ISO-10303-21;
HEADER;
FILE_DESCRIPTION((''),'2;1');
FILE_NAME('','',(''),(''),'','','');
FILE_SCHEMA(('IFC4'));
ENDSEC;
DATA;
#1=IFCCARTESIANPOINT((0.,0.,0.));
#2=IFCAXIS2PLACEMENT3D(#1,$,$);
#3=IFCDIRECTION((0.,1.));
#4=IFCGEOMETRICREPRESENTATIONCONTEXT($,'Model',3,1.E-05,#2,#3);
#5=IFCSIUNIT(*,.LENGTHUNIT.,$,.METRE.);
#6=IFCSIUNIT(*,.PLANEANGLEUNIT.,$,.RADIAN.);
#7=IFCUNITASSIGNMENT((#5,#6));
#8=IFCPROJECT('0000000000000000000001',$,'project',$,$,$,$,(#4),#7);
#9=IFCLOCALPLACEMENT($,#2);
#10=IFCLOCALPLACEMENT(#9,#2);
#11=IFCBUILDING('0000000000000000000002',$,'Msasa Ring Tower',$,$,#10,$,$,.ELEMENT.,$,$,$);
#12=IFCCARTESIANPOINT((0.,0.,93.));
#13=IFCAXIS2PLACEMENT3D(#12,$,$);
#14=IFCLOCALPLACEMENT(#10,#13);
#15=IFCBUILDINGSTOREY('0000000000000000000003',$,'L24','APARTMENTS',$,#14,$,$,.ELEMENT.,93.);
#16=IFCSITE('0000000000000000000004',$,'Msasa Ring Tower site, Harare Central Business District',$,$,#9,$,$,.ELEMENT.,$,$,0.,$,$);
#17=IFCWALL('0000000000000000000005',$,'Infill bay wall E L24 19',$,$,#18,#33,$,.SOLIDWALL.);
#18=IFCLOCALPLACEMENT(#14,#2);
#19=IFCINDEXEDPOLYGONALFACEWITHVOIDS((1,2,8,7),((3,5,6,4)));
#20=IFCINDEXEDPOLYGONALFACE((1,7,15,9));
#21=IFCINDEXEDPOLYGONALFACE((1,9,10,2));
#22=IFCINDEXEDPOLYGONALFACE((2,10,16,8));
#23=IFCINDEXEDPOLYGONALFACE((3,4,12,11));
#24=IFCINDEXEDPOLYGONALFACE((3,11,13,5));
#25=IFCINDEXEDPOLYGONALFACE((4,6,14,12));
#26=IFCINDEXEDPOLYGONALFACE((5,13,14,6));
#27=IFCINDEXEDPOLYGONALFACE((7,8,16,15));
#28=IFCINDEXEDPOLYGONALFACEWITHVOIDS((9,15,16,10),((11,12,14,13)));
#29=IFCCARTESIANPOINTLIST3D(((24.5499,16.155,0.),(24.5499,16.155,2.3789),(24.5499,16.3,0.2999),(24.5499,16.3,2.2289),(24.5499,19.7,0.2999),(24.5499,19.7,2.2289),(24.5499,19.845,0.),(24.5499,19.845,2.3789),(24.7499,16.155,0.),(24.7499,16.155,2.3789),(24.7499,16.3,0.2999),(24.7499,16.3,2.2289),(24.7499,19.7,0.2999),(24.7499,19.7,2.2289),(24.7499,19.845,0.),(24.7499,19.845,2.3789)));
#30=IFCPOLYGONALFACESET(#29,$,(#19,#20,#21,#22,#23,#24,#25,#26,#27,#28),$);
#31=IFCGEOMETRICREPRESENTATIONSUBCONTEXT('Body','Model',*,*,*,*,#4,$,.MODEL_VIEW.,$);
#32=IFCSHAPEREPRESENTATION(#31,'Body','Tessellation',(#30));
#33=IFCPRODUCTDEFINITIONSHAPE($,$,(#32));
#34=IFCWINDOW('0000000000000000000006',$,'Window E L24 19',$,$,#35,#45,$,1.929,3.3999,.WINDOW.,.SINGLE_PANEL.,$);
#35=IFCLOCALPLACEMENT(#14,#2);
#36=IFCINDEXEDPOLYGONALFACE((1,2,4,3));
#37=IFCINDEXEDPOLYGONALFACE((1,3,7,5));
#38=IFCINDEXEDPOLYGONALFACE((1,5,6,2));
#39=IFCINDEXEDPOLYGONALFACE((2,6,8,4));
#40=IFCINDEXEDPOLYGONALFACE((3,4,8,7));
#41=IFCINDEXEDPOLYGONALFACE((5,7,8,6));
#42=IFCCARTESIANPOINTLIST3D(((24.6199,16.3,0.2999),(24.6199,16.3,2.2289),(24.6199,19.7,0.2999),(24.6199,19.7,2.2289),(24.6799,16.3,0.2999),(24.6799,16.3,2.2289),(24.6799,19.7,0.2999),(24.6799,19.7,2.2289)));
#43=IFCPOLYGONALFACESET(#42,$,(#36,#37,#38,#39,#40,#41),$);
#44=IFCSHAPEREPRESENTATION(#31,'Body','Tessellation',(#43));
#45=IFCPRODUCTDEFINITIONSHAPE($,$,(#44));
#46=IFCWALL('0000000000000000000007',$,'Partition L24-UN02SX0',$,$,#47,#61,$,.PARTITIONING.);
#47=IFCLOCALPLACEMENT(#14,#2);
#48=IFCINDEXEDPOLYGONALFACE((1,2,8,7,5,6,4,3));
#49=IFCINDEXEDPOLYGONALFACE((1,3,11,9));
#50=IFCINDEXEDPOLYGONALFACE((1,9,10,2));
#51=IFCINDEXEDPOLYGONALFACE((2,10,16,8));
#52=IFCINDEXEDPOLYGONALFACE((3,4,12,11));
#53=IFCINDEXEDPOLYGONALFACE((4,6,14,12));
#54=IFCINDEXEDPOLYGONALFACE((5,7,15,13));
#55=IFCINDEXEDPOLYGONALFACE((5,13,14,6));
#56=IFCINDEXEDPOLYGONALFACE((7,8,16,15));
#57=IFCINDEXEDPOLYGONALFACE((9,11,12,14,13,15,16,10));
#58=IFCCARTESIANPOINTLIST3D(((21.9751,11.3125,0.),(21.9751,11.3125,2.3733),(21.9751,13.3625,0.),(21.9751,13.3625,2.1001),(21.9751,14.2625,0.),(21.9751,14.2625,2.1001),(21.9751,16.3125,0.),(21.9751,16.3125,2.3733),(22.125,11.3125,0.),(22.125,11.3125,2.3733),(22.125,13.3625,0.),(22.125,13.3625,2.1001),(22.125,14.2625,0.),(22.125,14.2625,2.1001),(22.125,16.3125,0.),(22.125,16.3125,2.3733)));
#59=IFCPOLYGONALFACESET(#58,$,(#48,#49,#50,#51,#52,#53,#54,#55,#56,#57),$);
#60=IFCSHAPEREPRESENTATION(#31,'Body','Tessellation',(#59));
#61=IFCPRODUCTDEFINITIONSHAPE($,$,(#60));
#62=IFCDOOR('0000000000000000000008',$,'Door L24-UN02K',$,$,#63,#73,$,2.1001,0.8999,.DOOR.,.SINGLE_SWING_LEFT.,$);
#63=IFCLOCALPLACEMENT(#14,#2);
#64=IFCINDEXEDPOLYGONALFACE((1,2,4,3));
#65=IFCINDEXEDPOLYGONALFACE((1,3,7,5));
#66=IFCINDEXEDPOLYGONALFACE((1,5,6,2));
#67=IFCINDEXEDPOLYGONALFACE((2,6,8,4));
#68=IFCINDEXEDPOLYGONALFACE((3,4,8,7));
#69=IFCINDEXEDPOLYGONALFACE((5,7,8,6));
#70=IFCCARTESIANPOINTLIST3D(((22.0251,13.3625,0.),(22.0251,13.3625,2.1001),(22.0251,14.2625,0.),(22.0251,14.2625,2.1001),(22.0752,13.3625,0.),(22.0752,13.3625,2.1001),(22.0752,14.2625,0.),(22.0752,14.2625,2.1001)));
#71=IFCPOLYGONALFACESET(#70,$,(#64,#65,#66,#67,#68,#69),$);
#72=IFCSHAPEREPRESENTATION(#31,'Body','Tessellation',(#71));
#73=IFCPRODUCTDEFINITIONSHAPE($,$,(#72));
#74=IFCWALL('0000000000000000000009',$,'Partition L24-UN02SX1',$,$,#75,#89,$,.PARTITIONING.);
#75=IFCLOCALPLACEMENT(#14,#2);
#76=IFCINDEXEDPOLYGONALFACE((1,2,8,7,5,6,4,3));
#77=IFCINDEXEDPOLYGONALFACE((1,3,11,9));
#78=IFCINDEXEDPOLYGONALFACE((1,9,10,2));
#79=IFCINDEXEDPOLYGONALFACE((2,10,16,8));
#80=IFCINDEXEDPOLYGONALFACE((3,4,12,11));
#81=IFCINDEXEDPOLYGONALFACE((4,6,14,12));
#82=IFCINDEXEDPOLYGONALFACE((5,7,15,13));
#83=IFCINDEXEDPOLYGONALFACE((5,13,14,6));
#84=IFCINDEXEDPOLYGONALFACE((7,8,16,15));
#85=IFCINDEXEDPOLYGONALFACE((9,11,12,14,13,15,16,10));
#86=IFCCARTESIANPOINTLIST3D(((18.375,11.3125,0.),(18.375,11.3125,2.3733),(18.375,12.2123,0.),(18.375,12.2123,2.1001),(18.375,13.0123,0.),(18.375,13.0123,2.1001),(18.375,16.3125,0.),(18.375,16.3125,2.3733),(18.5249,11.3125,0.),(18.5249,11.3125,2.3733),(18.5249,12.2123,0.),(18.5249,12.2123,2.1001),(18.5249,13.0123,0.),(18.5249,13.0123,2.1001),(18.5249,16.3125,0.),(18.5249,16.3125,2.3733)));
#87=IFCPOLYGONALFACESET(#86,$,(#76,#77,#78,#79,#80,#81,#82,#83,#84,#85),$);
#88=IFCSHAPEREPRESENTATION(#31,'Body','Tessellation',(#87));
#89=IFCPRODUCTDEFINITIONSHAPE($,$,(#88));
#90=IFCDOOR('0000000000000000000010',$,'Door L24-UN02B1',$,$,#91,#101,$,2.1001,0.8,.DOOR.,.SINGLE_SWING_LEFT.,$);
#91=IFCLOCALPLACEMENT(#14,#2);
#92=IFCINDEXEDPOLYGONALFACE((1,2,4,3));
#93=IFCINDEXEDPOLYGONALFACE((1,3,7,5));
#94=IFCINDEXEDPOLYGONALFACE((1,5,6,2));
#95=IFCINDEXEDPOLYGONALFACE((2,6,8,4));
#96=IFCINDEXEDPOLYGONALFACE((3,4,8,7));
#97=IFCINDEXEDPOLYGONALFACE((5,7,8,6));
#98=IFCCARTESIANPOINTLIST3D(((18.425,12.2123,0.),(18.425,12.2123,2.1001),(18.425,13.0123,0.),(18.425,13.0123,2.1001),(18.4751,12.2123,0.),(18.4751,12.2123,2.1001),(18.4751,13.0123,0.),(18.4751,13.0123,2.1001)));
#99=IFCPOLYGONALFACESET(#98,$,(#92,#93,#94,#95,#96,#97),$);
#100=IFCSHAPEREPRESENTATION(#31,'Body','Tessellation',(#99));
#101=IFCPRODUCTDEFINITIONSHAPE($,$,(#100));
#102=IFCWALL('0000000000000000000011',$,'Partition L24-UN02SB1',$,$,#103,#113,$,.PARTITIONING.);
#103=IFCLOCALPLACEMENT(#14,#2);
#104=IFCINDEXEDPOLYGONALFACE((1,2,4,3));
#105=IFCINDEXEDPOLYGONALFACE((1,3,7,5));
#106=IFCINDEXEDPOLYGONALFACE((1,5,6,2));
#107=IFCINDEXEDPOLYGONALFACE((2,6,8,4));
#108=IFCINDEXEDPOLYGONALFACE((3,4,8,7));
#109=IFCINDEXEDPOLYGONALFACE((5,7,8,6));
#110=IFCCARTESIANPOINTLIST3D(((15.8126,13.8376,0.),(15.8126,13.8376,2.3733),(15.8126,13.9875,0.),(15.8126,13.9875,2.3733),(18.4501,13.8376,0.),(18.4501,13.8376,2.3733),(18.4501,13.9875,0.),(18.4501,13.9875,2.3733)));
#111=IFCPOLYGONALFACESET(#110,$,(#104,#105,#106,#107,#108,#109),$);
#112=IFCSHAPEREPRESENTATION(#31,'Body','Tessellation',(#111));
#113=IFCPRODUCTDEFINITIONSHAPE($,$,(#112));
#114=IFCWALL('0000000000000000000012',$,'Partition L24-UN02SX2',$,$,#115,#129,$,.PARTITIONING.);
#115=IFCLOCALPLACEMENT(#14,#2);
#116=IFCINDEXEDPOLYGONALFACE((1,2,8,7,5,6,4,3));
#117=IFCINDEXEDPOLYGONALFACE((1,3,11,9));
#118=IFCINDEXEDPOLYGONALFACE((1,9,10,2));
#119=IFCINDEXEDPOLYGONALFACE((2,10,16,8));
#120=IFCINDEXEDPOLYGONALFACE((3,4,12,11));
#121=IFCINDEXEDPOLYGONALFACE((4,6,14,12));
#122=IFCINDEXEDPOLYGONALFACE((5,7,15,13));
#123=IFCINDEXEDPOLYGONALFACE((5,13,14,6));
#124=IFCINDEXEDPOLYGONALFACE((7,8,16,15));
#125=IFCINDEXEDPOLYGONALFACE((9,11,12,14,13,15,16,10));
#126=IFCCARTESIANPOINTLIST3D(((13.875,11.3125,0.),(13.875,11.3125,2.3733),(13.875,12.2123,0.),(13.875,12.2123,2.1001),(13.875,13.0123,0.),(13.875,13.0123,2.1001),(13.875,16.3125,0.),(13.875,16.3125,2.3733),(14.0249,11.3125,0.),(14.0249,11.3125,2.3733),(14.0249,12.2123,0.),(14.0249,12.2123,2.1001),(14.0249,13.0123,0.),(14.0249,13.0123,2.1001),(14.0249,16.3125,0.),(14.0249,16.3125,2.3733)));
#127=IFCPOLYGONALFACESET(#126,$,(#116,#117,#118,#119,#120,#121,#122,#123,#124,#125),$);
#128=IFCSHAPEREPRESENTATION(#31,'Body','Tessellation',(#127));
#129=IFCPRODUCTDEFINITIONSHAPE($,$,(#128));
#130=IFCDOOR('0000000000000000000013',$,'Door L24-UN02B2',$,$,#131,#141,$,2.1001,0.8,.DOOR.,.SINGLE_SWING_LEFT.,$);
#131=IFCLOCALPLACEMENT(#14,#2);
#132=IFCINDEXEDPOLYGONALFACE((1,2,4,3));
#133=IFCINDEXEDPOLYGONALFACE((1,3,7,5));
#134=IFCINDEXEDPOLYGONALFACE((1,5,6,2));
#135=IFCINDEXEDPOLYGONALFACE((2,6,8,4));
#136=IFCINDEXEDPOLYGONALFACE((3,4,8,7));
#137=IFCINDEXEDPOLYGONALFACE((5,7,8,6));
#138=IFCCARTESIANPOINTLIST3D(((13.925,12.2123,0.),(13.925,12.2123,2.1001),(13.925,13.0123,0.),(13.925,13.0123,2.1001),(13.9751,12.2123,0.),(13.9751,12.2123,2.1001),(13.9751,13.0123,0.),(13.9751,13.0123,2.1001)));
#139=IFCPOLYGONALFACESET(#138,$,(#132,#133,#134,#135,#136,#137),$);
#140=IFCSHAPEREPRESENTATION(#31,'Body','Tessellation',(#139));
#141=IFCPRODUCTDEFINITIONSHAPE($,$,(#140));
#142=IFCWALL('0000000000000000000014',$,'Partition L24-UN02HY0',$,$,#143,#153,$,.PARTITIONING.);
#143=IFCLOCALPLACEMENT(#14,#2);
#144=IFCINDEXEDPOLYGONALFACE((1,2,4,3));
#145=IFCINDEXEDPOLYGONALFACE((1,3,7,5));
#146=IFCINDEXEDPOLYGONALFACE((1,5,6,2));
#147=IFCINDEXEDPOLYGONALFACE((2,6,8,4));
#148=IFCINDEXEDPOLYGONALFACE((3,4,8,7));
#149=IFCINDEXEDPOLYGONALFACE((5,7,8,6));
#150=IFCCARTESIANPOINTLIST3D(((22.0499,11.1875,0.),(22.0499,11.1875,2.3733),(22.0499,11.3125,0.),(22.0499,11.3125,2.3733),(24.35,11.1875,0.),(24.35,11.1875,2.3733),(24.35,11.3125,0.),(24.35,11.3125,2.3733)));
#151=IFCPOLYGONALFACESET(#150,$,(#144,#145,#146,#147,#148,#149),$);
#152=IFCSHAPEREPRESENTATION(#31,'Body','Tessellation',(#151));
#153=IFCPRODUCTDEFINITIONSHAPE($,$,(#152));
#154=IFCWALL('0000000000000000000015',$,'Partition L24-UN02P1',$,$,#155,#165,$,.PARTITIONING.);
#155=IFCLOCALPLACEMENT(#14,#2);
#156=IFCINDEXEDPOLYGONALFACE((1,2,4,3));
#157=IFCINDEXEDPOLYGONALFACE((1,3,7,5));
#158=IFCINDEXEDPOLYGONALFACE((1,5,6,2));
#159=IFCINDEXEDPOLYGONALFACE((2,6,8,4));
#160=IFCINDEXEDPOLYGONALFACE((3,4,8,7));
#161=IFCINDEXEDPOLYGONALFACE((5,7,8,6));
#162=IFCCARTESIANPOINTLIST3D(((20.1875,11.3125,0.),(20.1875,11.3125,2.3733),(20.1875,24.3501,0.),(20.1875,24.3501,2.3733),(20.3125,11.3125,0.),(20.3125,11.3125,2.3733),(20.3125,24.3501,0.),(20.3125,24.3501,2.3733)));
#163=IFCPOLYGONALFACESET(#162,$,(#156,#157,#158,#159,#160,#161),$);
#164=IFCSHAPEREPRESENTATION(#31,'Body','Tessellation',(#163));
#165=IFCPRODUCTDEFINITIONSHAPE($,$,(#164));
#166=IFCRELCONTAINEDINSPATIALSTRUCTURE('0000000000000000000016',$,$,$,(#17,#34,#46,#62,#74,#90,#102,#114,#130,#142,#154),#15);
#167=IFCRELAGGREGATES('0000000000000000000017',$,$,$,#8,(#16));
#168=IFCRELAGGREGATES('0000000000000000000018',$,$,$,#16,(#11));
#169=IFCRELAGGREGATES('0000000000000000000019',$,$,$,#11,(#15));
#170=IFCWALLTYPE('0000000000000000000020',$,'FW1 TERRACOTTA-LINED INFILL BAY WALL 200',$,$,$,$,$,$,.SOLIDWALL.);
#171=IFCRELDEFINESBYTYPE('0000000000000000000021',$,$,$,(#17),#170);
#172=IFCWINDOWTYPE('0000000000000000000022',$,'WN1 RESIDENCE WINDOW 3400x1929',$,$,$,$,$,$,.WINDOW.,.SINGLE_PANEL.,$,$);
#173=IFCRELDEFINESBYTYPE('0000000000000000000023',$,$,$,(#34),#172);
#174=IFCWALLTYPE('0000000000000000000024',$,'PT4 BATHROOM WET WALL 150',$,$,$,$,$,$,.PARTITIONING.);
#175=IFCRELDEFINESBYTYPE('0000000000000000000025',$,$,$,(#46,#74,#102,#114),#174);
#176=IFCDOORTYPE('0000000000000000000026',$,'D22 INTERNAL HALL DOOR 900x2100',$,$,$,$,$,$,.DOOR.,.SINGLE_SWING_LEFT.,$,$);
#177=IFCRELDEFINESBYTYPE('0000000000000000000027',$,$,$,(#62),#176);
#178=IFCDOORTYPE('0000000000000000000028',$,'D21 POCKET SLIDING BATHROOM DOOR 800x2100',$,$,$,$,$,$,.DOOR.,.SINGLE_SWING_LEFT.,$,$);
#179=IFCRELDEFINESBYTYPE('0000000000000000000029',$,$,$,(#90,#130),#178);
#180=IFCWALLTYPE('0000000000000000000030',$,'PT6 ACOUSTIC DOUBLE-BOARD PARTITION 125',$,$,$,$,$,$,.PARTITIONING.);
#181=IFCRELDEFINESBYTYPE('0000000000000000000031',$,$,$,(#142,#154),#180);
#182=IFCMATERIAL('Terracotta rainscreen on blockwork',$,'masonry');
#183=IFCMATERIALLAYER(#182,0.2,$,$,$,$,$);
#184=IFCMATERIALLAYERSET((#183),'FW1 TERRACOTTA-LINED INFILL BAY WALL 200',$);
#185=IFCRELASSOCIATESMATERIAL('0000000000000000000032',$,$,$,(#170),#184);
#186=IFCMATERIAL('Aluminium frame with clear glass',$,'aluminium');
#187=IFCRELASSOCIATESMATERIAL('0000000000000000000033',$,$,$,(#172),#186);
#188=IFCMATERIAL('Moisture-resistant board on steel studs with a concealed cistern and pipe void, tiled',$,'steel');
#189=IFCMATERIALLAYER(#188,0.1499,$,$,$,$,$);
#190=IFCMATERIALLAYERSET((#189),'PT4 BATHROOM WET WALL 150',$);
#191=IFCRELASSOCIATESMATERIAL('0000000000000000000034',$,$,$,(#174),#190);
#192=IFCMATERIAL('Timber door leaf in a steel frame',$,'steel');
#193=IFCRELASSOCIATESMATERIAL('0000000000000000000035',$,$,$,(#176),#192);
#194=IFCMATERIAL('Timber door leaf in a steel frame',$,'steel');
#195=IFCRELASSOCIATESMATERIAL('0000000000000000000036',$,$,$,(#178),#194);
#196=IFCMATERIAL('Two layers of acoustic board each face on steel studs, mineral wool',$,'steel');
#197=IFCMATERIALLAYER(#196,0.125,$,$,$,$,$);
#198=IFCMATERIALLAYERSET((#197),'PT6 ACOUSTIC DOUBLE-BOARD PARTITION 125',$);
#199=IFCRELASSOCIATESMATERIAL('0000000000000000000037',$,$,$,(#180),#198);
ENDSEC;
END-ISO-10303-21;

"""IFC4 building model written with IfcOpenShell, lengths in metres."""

from ifc_helpers import new_model, si_unit, direction, frame, frame_2d, origin, place, context, subcontext, project, spatial, rectangle, extrude, material, layer, layer_set, type_object, element, fill, save


model = new_model("IFC4")

# Units and contexts
model_context = context("Model", 3, precision=1e-05, world=origin(), true_north=direction((0.0, 1.0)))
body_context = subcontext(model_context, "Body", "Model", "MODEL_VIEW")
ifc_project = project(units=[si_unit("LENGTHUNIT", "METRE"), si_unit("PLANEANGLEUNIT", "RADIAN")], contexts=[model_context])

# Site, building, storey
site_placement = place(None, origin())
site = spatial("IfcSite", under=ifc_project, at=site_placement, Name="Msasa Ring Tower site, Harare Central Business District", CompositionType="ELEMENT", RefElevation=0.0)
building_placement = place(site_placement, origin())
building = spatial("IfcBuilding", under=site, at=building_placement, Name="Msasa Ring Tower", CompositionType="ELEMENT")
storey_placement = place(building_placement, frame((0.0, 0.0, 93.0)))
storey = spatial("IfcBuildingStorey", under=building, at=storey_placement, Name="L24", Description="APARTMENTS", CompositionType="ELEMENT", Elevation=93.0)

# Wall, opening, window
ifc_material_1 = material(Name="Terracotta rainscreen on blockwork", Category="masonry")
ifc_layer_1 = layer(ifc_material_1, 0.2)
ifc_layer_set_1 = layer_set([ifc_layer_1], Name="FW1 TERRACOTTA-LINED INFILL BAY WALL 200")
wall_type_1 = type_object("IfcWallType", Name="FW1 TERRACOTTA-LINED INFILL BAY WALL 200", PredefinedType="SOLIDWALL", material=ifc_layer_set_1)
ifc_material_2 = material(Name="Aluminium frame with clear glass", Category="aluminium")
window_type = type_object("IfcWindowType", Name="WN1 RESIDENCE WINDOW 3400x1929", PartitioningType="SINGLE_PANEL", PredefinedType="WINDOW", material=ifc_material_2)
wall_1_placement = place(storey_placement, frame((24.6499, 16.155, 0.0), z_axis=(0.0, 0.0, 1.0), x_axis=(0.0, 1.0, 0.0)))
wall_1 = element("IfcWall", 1, at=wall_1_placement, inside=storey, type_object=wall_type_1, Name="Infill bay wall E L24 19", PredefinedType="SOLIDWALL", context=body_context, shape_type="SweptSolid", body=[
    extrude(rectangle(XDim=3.6899, YDim=0.2, at=frame_2d((1.845, 0.0))), origin(), (0.0, 0.0, 1.0), 2.3789),
])
opening_1_placement = place(wall_1_placement, frame((0.145, 0.0, 0.3)))
opening_1 = element("IfcOpeningElement", 2, at=opening_1_placement, cuts=wall_1, PredefinedType="OPENING", context=body_context, shape_type="SweptSolid", body=[
    extrude(rectangle(XDim=3.3999, YDim=1.929, at=frame_2d((1.7, 0.9644))), frame((0.0, 0.1099, 0.0), z_axis=(0.0, -1.0, 0.0), x_axis=(1.0, 0.0, 0.0)), (0.0, 0.0, 1.0), 0.22),
])
window_1_placement = place(opening_1_placement, origin())
window_1 = element("IfcWindow", 3, at=window_1_placement, inside=storey, type_object=window_type, Name="Window E L24 19", OverallHeight=1.929, OverallWidth=3.3999, PartitioningType="SINGLE_PANEL", PredefinedType="WINDOW", context=body_context, shape_type="SweptSolid", body=[
    extrude(rectangle(XDim=3.3999, YDim=1.929, at=frame_2d((1.7, 0.9644))), frame((0.0, 0.03, 0.0), z_axis=(0.0, -1.0, 0.0), x_axis=(1.0, 0.0, 0.0)), (0.0, 0.0, 1.0), 0.0601),
])
fill(opening_1, window_1)

# Walls, openings, doors
ifc_material_3 = material(Name="Moisture-resistant board on steel studs with a concealed cistern and pipe void, tiled", Category="steel")
ifc_layer_2 = layer(ifc_material_3, 0.1499)
ifc_layer_set_2 = layer_set([ifc_layer_2], Name="PT4 BATHROOM WET WALL 150")
wall_type_2 = type_object("IfcWallType", Name="PT4 BATHROOM WET WALL 150", PredefinedType="PARTITIONING", material=ifc_layer_set_2)
wall_2_placement = place(storey_placement, frame((22.05, 11.3125, 0.0), z_axis=(0.0, 0.0, 1.0), x_axis=(0.0, 1.0, 0.0)))
wall_2 = element("IfcWall", 4, at=wall_2_placement, inside=storey, type_object=wall_type_2, Name="Partition L24-UN02SX0", PredefinedType="PARTITIONING", context=body_context, shape_type="SweptSolid", body=[
    extrude(rectangle(XDim=5.0, YDim=0.1499, at=frame_2d((2.5, 0.0))), origin(), (0.0, 0.0, 1.0), 2.3733),
])
opening_2_placement = place(wall_2_placement, frame((2.05, 0.0, 0.0)))
opening_2 = element("IfcOpeningElement", 5, at=opening_2_placement, cuts=wall_2, PredefinedType="OPENING", context=body_context, shape_type="SweptSolid", body=[
    extrude(rectangle(XDim=0.8999, YDim=2.1001, at=frame_2d((0.45, 1.05))), frame((0.0, 0.085, 0.0), z_axis=(0.0, -1.0, 0.0), x_axis=(1.0, 0.0, 0.0)), (0.0, 0.0, 1.0), 0.1699),
])
ifc_material_4 = material(Name="Timber door leaf in a steel frame", Category="steel")
door_type_1 = type_object("IfcDoorType", Name="D22 INTERNAL HALL DOOR 900x2100", OperationType="SINGLE_SWING_LEFT", PredefinedType="DOOR", material=ifc_material_4)
door_1_placement = place(opening_2_placement, origin())
door_1 = element("IfcDoor", 6, at=door_1_placement, inside=storey, type_object=door_type_1, Name="Door L24-UN02K", OperationType="SINGLE_SWING_LEFT", OverallHeight=2.1001, OverallWidth=0.8999, PredefinedType="DOOR", context=body_context, shape_type="SweptSolid", body=[
    extrude(rectangle(XDim=0.8999, YDim=2.1001, at=frame_2d((0.45, 1.05))), frame((0.0, 0.0249, 0.0), z_axis=(0.0, -1.0, 0.0), x_axis=(1.0, 0.0, 0.0)), (0.0, 0.0, 1.0), 0.05),
])
fill(opening_2, door_1)
wall_3_placement = place(storey_placement, frame((18.45, 11.3125, 0.0), z_axis=(0.0, 0.0, 1.0), x_axis=(0.0, 1.0, 0.0)))
wall_3 = element("IfcWall", 7, at=wall_3_placement, inside=storey, type_object=wall_type_2, Name="Partition L24-UN02SX1", PredefinedType="PARTITIONING", context=body_context, shape_type="SweptSolid", body=[
    extrude(rectangle(XDim=5.0, YDim=0.1499, at=frame_2d((2.5, 0.0))), origin(), (0.0, 0.0, 1.0), 2.3733),
])
opening_3_placement = place(wall_3_placement, frame((0.8999, 0.0, 0.0)))
opening_3 = element("IfcOpeningElement", 8, at=opening_3_placement, cuts=wall_3, PredefinedType="OPENING", context=body_context, shape_type="SweptSolid", body=[
    extrude(rectangle(XDim=0.8, YDim=2.1001, at=frame_2d((0.3999, 1.05))), frame((0.0, 0.085, 0.0), z_axis=(0.0, -1.0, 0.0), x_axis=(1.0, 0.0, 0.0)), (0.0, 0.0, 1.0), 0.1699),
])
ifc_material_5 = material(Name="Timber door leaf in a steel frame", Category="steel")
door_type_2 = type_object("IfcDoorType", Name="D21 POCKET SLIDING BATHROOM DOOR 800x2100", OperationType="SINGLE_SWING_LEFT", PredefinedType="DOOR", material=ifc_material_5)
door_2_placement = place(opening_3_placement, origin())
door_2 = element("IfcDoor", 9, at=door_2_placement, inside=storey, type_object=door_type_2, Name="Door L24-UN02B1", OperationType="SINGLE_SWING_LEFT", OverallHeight=2.1001, OverallWidth=0.8, PredefinedType="DOOR", context=body_context, shape_type="SweptSolid", body=[
    extrude(rectangle(XDim=0.8, YDim=2.1001, at=frame_2d((0.3999, 1.05))), frame((0.0, 0.0249, 0.0), z_axis=(0.0, -1.0, 0.0), x_axis=(1.0, 0.0, 0.0)), (0.0, 0.0, 1.0), 0.05),
])
fill(opening_3, door_2)

# Wall
wall_4_placement = place(storey_placement, frame((15.8125, 13.9126, 0.0), z_axis=(0.0, 0.0, 1.0), x_axis=(1.0, 0.0, 0.0)))
element("IfcWall", 10, at=wall_4_placement, inside=storey, type_object=wall_type_2, Name="Partition L24-UN02SB1", PredefinedType="PARTITIONING", context=body_context, shape_type="SweptSolid", body=[
    extrude(rectangle(XDim=2.6375, YDim=0.1499, at=frame_2d((1.3188, 0.0))), origin(), (0.0, 0.0, 1.0), 2.3733),
])

# Wall, opening, door
wall_5_placement = place(storey_placement, frame((13.95, 11.3125, 0.0), z_axis=(0.0, 0.0, 1.0), x_axis=(0.0, 1.0, 0.0)))
wall_5 = element("IfcWall", 11, at=wall_5_placement, inside=storey, type_object=wall_type_2, Name="Partition L24-UN02SX2", PredefinedType="PARTITIONING", context=body_context, shape_type="SweptSolid", body=[
    extrude(rectangle(XDim=5.0, YDim=0.1499, at=frame_2d((2.5, 0.0))), origin(), (0.0, 0.0, 1.0), 2.3733),
])
opening_4_placement = place(wall_5_placement, frame((0.8999, 0.0, 0.0)))
opening_4 = element("IfcOpeningElement", 12, at=opening_4_placement, cuts=wall_5, PredefinedType="OPENING", context=body_context, shape_type="SweptSolid", body=[
    extrude(rectangle(XDim=0.8, YDim=2.1001, at=frame_2d((0.3999, 1.05))), frame((0.0, 0.085, 0.0), z_axis=(0.0, -1.0, 0.0), x_axis=(1.0, 0.0, 0.0)), (0.0, 0.0, 1.0), 0.1699),
])
door_3_placement = place(opening_4_placement, origin())
door_3 = element("IfcDoor", 13, at=door_3_placement, inside=storey, type_object=door_type_2, Name="Door L24-UN02B2", OperationType="SINGLE_SWING_LEFT", OverallHeight=2.1001, OverallWidth=0.8, PredefinedType="DOOR", context=body_context, shape_type="SweptSolid", body=[
    extrude(rectangle(XDim=0.8, YDim=2.1001, at=frame_2d((0.3999, 1.05))), frame((0.0, 0.0249, 0.0), z_axis=(0.0, -1.0, 0.0), x_axis=(1.0, 0.0, 0.0)), (0.0, 0.0, 1.0), 0.05),
])
fill(opening_4, door_3)

# Walls
ifc_material_6 = material(Name="Two layers of acoustic board each face on steel studs, mineral wool", Category="steel")
ifc_layer_3 = layer(ifc_material_6, 0.125)
ifc_layer_set_3 = layer_set([ifc_layer_3], Name="PT6 ACOUSTIC DOUBLE-BOARD PARTITION 125")
wall_type_3 = type_object("IfcWallType", Name="PT6 ACOUSTIC DOUBLE-BOARD PARTITION 125", PredefinedType="PARTITIONING", material=ifc_layer_set_3)
wall_6_placement = place(storey_placement, frame((22.05, 11.25, 0.0), z_axis=(0.0, 0.0, 1.0), x_axis=(1.0, 0.0, 0.0)))
element("IfcWall", 14, at=wall_6_placement, inside=storey, type_object=wall_type_3, Name="Partition L24-UN02HY0", PredefinedType="PARTITIONING", context=body_context, shape_type="SweptSolid", body=[
    extrude(rectangle(XDim=2.3, YDim=0.125, at=frame_2d((1.1499, 0.0))), origin(), (0.0, 0.0, 1.0), 2.3733),
])
wall_7_placement = place(storey_placement, frame((20.25, 11.3125, 0.0), z_axis=(0.0, 0.0, 1.0), x_axis=(0.0, 1.0, 0.0)))
element("IfcWall", 15, at=wall_7_placement, inside=storey, type_object=wall_type_3, Name="Partition L24-UN02P1", PredefinedType="PARTITIONING", context=body_context, shape_type="SweptSolid", body=[
    extrude(rectangle(XDim=13.0376, YDim=0.125, at=frame_2d((6.5188, 0.0))), origin(), (0.0, 0.0, 1.0), 2.3733),
])

save(model, "model.ifc")
